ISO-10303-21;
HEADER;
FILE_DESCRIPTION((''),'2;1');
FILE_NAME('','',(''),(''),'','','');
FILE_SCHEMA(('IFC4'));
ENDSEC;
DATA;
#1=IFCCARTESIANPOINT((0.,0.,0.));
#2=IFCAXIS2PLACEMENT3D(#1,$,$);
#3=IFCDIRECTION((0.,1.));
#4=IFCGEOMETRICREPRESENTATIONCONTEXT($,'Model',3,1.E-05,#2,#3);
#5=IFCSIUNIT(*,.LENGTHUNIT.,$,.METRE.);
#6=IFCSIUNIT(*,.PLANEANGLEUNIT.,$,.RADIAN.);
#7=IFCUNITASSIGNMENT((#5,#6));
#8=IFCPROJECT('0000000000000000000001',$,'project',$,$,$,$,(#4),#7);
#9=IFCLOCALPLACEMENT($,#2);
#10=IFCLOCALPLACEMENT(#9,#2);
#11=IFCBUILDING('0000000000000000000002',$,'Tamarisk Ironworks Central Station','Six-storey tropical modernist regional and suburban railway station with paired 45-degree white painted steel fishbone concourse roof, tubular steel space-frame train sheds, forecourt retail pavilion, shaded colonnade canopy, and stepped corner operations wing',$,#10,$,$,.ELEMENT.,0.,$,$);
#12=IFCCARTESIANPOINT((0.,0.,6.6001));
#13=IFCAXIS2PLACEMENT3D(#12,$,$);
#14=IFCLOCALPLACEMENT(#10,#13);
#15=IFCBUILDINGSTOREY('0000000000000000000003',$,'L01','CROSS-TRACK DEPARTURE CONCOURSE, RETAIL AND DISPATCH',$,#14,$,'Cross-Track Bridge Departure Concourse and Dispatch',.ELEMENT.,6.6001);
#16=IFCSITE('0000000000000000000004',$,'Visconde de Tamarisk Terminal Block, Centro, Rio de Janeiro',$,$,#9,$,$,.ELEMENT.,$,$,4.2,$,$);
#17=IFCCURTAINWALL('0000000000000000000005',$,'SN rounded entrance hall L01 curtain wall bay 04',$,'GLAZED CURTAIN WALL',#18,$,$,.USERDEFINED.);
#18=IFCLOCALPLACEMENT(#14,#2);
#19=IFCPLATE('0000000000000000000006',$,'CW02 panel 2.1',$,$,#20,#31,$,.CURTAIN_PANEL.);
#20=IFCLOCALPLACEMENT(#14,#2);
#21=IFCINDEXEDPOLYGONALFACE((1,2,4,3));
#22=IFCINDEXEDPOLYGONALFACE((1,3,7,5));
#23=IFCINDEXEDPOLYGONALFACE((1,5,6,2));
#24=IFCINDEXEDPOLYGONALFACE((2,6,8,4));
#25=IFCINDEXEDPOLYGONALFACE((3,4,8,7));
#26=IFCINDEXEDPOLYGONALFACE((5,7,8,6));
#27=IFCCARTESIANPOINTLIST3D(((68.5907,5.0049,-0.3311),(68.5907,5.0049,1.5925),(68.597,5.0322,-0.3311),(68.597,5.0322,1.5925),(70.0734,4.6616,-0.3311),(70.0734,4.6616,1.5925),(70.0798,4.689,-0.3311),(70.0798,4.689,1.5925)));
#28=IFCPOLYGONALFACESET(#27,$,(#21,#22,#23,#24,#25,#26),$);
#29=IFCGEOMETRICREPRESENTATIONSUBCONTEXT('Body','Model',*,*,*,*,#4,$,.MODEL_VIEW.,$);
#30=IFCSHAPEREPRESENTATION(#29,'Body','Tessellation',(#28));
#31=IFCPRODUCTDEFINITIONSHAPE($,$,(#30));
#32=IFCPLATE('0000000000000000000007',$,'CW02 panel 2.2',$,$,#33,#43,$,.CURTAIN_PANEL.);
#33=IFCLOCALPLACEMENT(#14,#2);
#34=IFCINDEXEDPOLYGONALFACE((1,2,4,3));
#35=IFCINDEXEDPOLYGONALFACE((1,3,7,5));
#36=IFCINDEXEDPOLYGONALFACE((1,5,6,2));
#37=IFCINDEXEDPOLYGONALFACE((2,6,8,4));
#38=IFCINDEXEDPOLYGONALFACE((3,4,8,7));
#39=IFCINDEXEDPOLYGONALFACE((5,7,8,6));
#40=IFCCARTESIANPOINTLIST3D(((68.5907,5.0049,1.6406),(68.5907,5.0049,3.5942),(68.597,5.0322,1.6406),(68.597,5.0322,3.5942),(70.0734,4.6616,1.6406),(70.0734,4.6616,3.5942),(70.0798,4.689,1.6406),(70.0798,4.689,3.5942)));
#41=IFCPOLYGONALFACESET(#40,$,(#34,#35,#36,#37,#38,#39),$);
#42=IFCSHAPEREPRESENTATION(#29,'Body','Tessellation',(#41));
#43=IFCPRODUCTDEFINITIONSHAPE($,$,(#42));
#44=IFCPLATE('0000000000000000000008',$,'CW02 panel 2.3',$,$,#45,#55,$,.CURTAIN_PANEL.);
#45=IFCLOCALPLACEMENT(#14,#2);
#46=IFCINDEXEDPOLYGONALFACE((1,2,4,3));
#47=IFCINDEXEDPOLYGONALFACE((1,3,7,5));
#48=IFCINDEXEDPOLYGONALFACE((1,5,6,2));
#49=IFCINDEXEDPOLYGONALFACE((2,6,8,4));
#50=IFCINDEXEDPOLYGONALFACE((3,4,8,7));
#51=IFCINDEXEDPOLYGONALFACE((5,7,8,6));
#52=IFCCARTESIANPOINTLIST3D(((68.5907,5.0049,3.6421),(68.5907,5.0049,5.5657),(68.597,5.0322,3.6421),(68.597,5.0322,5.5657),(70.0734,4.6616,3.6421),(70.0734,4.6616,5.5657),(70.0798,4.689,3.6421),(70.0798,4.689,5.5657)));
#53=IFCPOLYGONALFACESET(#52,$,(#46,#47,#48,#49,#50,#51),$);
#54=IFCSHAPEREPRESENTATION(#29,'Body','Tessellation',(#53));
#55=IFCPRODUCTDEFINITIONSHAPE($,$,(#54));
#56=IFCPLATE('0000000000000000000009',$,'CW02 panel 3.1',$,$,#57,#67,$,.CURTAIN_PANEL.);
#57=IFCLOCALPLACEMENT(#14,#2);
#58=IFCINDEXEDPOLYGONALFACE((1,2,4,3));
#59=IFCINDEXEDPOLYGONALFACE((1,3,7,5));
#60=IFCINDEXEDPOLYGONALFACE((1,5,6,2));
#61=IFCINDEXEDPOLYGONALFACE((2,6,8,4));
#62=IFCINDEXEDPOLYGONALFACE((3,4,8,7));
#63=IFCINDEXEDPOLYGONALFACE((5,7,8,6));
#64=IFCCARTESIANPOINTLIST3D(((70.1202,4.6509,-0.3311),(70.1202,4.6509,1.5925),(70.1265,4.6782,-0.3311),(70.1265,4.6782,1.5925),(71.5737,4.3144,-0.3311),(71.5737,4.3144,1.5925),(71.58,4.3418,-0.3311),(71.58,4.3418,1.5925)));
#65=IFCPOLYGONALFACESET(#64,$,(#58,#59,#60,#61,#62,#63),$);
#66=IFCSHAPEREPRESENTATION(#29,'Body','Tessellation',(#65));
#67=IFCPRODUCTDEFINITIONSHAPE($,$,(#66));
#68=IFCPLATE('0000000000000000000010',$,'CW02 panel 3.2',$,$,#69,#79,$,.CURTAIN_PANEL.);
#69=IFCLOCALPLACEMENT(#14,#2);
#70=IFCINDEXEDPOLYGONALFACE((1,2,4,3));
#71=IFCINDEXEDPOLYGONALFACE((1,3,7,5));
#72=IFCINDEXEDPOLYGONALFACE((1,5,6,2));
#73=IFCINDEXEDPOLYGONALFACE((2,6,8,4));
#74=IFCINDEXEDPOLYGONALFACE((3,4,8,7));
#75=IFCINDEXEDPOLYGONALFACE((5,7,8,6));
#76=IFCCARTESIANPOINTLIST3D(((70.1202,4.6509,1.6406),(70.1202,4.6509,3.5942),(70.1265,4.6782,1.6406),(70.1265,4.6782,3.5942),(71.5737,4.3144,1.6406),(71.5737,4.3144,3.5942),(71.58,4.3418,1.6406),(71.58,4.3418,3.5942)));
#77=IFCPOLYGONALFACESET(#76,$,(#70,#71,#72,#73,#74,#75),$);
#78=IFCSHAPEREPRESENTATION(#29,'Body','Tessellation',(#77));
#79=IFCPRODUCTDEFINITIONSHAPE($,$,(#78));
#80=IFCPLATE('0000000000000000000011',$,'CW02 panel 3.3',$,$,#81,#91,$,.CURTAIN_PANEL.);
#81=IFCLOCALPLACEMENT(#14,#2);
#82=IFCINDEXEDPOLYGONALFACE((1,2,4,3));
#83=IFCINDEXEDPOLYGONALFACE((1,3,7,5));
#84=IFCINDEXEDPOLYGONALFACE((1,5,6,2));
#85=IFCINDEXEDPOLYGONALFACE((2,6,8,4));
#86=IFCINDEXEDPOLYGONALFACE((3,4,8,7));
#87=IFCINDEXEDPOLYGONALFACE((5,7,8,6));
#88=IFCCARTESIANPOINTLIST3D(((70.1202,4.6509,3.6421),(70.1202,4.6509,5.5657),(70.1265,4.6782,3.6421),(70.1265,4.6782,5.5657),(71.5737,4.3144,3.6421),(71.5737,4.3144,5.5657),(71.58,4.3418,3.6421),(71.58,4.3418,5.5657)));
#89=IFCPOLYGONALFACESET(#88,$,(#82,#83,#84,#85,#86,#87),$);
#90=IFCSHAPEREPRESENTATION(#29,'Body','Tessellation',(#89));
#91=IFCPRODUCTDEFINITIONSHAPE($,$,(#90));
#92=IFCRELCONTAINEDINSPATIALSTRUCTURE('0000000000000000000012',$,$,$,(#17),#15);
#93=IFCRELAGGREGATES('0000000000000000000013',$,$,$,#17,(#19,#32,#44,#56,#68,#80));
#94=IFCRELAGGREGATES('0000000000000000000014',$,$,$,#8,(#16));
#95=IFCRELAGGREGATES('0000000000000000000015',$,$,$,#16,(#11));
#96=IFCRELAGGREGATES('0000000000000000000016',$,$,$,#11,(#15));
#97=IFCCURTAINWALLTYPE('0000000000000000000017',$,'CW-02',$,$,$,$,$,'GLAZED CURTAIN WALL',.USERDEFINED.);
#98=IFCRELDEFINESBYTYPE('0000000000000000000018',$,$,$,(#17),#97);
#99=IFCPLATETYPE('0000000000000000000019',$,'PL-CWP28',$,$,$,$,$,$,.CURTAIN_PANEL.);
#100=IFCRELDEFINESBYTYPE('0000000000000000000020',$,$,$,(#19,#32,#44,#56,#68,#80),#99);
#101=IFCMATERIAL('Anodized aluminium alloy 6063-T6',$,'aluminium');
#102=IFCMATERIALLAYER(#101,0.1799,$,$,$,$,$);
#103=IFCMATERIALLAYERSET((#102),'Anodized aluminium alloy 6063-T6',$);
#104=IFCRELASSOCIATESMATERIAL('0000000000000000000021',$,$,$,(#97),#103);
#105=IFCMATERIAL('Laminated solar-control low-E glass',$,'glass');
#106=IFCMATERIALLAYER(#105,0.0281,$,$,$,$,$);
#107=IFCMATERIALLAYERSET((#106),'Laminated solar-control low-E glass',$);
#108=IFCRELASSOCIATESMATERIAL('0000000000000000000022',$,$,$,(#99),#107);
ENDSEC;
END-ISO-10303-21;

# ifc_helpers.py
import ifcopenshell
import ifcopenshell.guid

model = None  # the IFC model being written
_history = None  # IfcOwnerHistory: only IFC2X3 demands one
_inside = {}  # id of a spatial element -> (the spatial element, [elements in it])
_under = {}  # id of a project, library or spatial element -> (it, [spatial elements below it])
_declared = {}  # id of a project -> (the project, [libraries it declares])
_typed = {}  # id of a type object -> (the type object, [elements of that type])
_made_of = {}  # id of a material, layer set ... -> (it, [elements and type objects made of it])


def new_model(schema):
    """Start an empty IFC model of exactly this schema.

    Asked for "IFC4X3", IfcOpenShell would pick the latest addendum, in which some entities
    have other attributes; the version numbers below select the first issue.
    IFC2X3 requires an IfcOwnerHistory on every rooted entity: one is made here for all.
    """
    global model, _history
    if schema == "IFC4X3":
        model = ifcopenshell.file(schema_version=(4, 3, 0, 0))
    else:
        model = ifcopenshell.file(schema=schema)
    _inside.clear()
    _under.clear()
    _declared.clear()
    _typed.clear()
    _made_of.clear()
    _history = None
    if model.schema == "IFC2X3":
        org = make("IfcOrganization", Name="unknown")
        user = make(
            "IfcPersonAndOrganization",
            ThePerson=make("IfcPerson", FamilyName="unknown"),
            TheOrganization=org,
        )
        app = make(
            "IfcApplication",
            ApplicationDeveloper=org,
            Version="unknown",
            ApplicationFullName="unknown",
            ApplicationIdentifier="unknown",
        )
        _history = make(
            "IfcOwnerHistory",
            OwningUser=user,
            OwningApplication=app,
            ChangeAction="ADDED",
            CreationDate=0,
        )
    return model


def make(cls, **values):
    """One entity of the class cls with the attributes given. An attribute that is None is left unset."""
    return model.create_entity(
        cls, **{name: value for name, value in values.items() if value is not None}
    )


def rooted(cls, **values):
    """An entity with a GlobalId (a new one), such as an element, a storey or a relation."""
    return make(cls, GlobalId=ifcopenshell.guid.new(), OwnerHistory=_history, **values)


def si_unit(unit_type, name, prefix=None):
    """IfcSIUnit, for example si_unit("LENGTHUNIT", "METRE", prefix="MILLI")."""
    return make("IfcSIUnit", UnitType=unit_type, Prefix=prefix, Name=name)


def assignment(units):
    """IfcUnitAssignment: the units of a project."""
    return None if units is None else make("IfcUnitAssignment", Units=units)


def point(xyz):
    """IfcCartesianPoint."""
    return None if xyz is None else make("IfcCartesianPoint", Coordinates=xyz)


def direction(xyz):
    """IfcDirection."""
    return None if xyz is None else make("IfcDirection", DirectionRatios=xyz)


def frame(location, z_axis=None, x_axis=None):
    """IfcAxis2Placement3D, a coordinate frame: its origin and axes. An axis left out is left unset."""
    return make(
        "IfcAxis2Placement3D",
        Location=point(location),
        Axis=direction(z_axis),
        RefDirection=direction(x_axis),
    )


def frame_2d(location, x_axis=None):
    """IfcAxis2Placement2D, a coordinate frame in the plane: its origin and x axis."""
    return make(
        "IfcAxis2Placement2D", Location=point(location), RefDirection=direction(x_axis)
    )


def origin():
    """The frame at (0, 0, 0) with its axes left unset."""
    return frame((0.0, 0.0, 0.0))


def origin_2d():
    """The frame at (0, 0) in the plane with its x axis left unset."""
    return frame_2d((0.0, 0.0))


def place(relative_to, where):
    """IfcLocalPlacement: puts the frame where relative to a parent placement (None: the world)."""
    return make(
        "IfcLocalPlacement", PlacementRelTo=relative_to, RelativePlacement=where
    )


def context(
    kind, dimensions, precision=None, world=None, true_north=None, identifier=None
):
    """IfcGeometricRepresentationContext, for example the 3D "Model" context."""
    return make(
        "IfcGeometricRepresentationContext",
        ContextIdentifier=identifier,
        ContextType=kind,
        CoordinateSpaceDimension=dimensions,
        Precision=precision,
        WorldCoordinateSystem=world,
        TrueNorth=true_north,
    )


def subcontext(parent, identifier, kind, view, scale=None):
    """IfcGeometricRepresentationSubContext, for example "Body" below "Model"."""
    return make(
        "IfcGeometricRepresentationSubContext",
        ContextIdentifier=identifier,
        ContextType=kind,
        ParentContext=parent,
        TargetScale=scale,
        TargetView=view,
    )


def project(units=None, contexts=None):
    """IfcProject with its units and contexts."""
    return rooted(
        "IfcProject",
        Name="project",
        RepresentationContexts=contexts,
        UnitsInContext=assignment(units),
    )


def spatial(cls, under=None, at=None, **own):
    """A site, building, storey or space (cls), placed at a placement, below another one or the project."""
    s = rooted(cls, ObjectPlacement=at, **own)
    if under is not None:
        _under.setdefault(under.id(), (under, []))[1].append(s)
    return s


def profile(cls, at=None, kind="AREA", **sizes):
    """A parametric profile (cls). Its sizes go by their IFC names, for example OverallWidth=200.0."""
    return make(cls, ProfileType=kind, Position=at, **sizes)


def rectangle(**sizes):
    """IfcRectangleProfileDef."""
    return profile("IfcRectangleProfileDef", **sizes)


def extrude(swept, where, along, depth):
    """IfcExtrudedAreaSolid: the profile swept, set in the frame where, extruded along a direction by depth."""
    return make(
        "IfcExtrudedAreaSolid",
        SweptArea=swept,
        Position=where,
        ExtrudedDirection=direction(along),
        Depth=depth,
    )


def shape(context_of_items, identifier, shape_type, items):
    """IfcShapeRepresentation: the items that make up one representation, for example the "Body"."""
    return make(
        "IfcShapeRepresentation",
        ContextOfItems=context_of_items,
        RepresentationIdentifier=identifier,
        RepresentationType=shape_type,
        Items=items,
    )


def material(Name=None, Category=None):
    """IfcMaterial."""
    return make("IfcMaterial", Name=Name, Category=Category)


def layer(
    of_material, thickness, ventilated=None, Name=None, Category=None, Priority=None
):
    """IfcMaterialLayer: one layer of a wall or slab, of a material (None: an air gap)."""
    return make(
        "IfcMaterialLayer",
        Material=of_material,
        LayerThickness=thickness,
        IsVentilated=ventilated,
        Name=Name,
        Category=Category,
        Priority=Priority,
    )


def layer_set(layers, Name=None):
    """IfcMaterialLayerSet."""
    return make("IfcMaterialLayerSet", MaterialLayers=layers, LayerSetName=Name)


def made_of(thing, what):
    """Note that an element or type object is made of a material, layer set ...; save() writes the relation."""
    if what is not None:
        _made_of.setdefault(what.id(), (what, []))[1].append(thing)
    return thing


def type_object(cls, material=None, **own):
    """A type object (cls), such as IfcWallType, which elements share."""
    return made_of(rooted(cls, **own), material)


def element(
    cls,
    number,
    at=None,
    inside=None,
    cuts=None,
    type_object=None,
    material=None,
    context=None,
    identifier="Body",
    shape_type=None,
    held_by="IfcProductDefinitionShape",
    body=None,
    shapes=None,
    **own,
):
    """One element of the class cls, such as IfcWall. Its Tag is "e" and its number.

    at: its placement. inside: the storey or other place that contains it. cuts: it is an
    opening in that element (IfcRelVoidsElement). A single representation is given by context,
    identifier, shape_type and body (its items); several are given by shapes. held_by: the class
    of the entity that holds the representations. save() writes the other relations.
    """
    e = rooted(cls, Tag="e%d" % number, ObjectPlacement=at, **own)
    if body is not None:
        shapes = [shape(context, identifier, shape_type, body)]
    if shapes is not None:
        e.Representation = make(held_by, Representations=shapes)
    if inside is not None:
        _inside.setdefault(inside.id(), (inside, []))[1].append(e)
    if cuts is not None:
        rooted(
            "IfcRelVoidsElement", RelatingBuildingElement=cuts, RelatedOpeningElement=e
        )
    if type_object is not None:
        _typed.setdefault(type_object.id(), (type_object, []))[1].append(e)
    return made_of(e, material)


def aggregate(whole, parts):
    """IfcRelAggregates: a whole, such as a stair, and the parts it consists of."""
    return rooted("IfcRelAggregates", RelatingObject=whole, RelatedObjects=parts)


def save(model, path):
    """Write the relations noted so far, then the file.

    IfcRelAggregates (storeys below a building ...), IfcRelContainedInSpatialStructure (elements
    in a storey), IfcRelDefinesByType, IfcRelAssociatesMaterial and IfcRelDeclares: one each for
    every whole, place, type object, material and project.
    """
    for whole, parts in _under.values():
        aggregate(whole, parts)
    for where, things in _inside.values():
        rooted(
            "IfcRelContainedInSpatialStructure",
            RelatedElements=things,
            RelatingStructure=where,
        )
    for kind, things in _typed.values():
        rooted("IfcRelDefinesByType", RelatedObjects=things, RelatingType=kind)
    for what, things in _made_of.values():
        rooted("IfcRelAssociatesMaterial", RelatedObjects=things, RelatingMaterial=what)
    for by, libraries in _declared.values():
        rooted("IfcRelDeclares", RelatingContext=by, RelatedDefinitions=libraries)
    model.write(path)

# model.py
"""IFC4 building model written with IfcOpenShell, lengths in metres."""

from ifc_helpers import new_model, si_unit, direction, frame, origin, origin_2d, place, context, subcontext, project, spatial, rectangle, extrude, material, layer, layer_set, type_object, element, aggregate, save


model = new_model("IFC4")

# Units and contexts
model_context = context("Model", 3, precision=1e-05, world=origin(), true_north=direction((0.0, 1.0)))
body_context = subcontext(model_context, "Body", "Model", "MODEL_VIEW")
ifc_project = project(units=[si_unit("LENGTHUNIT", "METRE"), si_unit("PLANEANGLEUNIT", "RADIAN")], contexts=[model_context])

# Site, building, storey
site_placement = place(None, origin())
site = spatial("IfcSite", under=ifc_project, at=site_placement, Name="Visconde de Tamarisk Terminal Block, Centro, Rio de Janeiro", CompositionType="ELEMENT", RefElevation=4.2)
building_placement = place(site_placement, origin())
building = spatial("IfcBuilding", under=site, at=building_placement, Name="Tamarisk Ironworks Central Station", Description="Six-storey tropical modernist regional and suburban railway station with paired 45-degree white painted steel fishbone concourse roof, tubular steel space-frame train sheds, forecourt retail pavilion, shaded colonnade canopy, and stepped corner operations wing", CompositionType="ELEMENT", ElevationOfRefHeight=0.0)
storey_placement = place(building_placement, frame((0.0, 0.0, 6.6001)))
storey = spatial("IfcBuildingStorey", under=building, at=storey_placement, Name="L01", Description="CROSS-TRACK DEPARTURE CONCOURSE, RETAIL AND DISPATCH", LongName="Cross-Track Bridge Departure Concourse and Dispatch", CompositionType="ELEMENT", Elevation=6.6001)

# Curtain wall
ifc_material_1 = material(Name="Anodized aluminium alloy 6063-T6", Category="aluminium")
ifc_layer_1 = layer(ifc_material_1, 0.1799)
ifc_layer_set_1 = layer_set([ifc_layer_1], Name="Anodized aluminium alloy 6063-T6")
curtain_wall_type = type_object("IfcCurtainWallType", Name="CW-02", ElementType="GLAZED CURTAIN WALL", PredefinedType="USERDEFINED", material=ifc_layer_set_1)
curtain_wall_1_placement = place(storey_placement, origin())
curtain_wall_1 = element("IfcCurtainWall", 1, at=curtain_wall_1_placement, inside=storey, type_object=curtain_wall_type, Name="SN rounded entrance hall L01 curtain wall bay 04", ObjectType="GLAZED CURTAIN WALL", PredefinedType="USERDEFINED")

# Plates
ifc_material_2 = material(Name="Laminated solar-control low-E glass", Category="glass")
ifc_layer_2 = layer(ifc_material_2, 0.0281)
ifc_layer_set_2 = layer_set([ifc_layer_2], Name="Laminated solar-control low-E glass")
plate_type = type_object("IfcPlateType", Name="PL-CWP28", PredefinedType="CURTAIN_PANEL", material=ifc_layer_set_2)
plate_1_placement = place(storey_placement, frame((69.3352, 4.8469, -0.3311), z_axis=(0.0, 0.0, 1.0), x_axis=(0.974239, -0.225517, 0.0)))
plate_1 = element("IfcPlate", 2, at=plate_1_placement, type_object=plate_type, Name="CW02 panel 2.1", PredefinedType="CURTAIN_PANEL", context=body_context, shape_type="SweptSolid", body=[
    extrude(rectangle(XDim=1.522, YDim=0.0281, at=origin_2d()), origin(), (0.0, 0.0, 1.0), 1.9236),
])
plate_2_placement = place(storey_placement, frame((69.3352, 4.8469, 1.6406), z_axis=(0.0, 0.0, 1.0), x_axis=(0.974239, -0.225517, 0.0)))
plate_2 = element("IfcPlate", 3, at=plate_2_placement, type_object=plate_type, Name="CW02 panel 2.2", PredefinedType="CURTAIN_PANEL", context=body_context, shape_type="SweptSolid", body=[
    extrude(rectangle(XDim=1.522, YDim=0.0281, at=origin_2d()), origin(), (0.0, 0.0, 1.0), 1.9536),
])
plate_3_placement = place(storey_placement, frame((69.3352, 4.8469, 3.6421), z_axis=(0.0, 0.0, 1.0), x_axis=(0.974239, -0.225517, 0.0)))
plate_3 = element("IfcPlate", 4, at=plate_3_placement, type_object=plate_type, Name="CW02 panel 2.3", PredefinedType="CURTAIN_PANEL", context=body_context, shape_type="SweptSolid", body=[
    extrude(rectangle(XDim=1.522, YDim=0.0281, at=origin_2d()), origin(), (0.0, 0.0, 1.0), 1.9236),
])
plate_4_placement = place(storey_placement, frame((70.8501, 4.4963, -0.3311), z_axis=(0.0, 0.0, 1.0), x_axis=(0.974239, -0.225517, 0.0)))
plate_4 = element("IfcPlate", 5, at=plate_4_placement, type_object=plate_type, Name="CW02 panel 3.1", PredefinedType="CURTAIN_PANEL", context=body_context, shape_type="SweptSolid", body=[
    extrude(rectangle(XDim=1.4919, YDim=0.0281, at=origin_2d()), origin(), (0.0, 0.0, 1.0), 1.9236),
])
plate_5_placement = place(storey_placement, frame((70.8501, 4.4963, 1.6406), z_axis=(0.0, 0.0, 1.0), x_axis=(0.974239, -0.225517, 0.0)))
plate_5 = element("IfcPlate", 6, at=plate_5_placement, type_object=plate_type, Name="CW02 panel 3.2", PredefinedType="CURTAIN_PANEL", context=body_context, shape_type="SweptSolid", body=[
    extrude(rectangle(XDim=1.4919, YDim=0.0281, at=origin_2d()), origin(), (0.0, 0.0, 1.0), 1.9536),
])
plate_6_placement = place(storey_placement, frame((70.8501, 4.4963, 3.6421), z_axis=(0.0, 0.0, 1.0), x_axis=(0.974239, -0.225517, 0.0)))
plate_6 = element("IfcPlate", 7, at=plate_6_placement, type_object=plate_type, Name="CW02 panel 3.3", PredefinedType="CURTAIN_PANEL", context=body_context, shape_type="SweptSolid", body=[
    extrude(rectangle(XDim=1.4919, YDim=0.0281, at=origin_2d()), origin(), (0.0, 0.0, 1.0), 1.9236),
])
aggregate(curtain_wall_1, [plate_1, plate_2, plate_3, plate_4, plate_5, plate_6])

save(model, "model.ifc")
